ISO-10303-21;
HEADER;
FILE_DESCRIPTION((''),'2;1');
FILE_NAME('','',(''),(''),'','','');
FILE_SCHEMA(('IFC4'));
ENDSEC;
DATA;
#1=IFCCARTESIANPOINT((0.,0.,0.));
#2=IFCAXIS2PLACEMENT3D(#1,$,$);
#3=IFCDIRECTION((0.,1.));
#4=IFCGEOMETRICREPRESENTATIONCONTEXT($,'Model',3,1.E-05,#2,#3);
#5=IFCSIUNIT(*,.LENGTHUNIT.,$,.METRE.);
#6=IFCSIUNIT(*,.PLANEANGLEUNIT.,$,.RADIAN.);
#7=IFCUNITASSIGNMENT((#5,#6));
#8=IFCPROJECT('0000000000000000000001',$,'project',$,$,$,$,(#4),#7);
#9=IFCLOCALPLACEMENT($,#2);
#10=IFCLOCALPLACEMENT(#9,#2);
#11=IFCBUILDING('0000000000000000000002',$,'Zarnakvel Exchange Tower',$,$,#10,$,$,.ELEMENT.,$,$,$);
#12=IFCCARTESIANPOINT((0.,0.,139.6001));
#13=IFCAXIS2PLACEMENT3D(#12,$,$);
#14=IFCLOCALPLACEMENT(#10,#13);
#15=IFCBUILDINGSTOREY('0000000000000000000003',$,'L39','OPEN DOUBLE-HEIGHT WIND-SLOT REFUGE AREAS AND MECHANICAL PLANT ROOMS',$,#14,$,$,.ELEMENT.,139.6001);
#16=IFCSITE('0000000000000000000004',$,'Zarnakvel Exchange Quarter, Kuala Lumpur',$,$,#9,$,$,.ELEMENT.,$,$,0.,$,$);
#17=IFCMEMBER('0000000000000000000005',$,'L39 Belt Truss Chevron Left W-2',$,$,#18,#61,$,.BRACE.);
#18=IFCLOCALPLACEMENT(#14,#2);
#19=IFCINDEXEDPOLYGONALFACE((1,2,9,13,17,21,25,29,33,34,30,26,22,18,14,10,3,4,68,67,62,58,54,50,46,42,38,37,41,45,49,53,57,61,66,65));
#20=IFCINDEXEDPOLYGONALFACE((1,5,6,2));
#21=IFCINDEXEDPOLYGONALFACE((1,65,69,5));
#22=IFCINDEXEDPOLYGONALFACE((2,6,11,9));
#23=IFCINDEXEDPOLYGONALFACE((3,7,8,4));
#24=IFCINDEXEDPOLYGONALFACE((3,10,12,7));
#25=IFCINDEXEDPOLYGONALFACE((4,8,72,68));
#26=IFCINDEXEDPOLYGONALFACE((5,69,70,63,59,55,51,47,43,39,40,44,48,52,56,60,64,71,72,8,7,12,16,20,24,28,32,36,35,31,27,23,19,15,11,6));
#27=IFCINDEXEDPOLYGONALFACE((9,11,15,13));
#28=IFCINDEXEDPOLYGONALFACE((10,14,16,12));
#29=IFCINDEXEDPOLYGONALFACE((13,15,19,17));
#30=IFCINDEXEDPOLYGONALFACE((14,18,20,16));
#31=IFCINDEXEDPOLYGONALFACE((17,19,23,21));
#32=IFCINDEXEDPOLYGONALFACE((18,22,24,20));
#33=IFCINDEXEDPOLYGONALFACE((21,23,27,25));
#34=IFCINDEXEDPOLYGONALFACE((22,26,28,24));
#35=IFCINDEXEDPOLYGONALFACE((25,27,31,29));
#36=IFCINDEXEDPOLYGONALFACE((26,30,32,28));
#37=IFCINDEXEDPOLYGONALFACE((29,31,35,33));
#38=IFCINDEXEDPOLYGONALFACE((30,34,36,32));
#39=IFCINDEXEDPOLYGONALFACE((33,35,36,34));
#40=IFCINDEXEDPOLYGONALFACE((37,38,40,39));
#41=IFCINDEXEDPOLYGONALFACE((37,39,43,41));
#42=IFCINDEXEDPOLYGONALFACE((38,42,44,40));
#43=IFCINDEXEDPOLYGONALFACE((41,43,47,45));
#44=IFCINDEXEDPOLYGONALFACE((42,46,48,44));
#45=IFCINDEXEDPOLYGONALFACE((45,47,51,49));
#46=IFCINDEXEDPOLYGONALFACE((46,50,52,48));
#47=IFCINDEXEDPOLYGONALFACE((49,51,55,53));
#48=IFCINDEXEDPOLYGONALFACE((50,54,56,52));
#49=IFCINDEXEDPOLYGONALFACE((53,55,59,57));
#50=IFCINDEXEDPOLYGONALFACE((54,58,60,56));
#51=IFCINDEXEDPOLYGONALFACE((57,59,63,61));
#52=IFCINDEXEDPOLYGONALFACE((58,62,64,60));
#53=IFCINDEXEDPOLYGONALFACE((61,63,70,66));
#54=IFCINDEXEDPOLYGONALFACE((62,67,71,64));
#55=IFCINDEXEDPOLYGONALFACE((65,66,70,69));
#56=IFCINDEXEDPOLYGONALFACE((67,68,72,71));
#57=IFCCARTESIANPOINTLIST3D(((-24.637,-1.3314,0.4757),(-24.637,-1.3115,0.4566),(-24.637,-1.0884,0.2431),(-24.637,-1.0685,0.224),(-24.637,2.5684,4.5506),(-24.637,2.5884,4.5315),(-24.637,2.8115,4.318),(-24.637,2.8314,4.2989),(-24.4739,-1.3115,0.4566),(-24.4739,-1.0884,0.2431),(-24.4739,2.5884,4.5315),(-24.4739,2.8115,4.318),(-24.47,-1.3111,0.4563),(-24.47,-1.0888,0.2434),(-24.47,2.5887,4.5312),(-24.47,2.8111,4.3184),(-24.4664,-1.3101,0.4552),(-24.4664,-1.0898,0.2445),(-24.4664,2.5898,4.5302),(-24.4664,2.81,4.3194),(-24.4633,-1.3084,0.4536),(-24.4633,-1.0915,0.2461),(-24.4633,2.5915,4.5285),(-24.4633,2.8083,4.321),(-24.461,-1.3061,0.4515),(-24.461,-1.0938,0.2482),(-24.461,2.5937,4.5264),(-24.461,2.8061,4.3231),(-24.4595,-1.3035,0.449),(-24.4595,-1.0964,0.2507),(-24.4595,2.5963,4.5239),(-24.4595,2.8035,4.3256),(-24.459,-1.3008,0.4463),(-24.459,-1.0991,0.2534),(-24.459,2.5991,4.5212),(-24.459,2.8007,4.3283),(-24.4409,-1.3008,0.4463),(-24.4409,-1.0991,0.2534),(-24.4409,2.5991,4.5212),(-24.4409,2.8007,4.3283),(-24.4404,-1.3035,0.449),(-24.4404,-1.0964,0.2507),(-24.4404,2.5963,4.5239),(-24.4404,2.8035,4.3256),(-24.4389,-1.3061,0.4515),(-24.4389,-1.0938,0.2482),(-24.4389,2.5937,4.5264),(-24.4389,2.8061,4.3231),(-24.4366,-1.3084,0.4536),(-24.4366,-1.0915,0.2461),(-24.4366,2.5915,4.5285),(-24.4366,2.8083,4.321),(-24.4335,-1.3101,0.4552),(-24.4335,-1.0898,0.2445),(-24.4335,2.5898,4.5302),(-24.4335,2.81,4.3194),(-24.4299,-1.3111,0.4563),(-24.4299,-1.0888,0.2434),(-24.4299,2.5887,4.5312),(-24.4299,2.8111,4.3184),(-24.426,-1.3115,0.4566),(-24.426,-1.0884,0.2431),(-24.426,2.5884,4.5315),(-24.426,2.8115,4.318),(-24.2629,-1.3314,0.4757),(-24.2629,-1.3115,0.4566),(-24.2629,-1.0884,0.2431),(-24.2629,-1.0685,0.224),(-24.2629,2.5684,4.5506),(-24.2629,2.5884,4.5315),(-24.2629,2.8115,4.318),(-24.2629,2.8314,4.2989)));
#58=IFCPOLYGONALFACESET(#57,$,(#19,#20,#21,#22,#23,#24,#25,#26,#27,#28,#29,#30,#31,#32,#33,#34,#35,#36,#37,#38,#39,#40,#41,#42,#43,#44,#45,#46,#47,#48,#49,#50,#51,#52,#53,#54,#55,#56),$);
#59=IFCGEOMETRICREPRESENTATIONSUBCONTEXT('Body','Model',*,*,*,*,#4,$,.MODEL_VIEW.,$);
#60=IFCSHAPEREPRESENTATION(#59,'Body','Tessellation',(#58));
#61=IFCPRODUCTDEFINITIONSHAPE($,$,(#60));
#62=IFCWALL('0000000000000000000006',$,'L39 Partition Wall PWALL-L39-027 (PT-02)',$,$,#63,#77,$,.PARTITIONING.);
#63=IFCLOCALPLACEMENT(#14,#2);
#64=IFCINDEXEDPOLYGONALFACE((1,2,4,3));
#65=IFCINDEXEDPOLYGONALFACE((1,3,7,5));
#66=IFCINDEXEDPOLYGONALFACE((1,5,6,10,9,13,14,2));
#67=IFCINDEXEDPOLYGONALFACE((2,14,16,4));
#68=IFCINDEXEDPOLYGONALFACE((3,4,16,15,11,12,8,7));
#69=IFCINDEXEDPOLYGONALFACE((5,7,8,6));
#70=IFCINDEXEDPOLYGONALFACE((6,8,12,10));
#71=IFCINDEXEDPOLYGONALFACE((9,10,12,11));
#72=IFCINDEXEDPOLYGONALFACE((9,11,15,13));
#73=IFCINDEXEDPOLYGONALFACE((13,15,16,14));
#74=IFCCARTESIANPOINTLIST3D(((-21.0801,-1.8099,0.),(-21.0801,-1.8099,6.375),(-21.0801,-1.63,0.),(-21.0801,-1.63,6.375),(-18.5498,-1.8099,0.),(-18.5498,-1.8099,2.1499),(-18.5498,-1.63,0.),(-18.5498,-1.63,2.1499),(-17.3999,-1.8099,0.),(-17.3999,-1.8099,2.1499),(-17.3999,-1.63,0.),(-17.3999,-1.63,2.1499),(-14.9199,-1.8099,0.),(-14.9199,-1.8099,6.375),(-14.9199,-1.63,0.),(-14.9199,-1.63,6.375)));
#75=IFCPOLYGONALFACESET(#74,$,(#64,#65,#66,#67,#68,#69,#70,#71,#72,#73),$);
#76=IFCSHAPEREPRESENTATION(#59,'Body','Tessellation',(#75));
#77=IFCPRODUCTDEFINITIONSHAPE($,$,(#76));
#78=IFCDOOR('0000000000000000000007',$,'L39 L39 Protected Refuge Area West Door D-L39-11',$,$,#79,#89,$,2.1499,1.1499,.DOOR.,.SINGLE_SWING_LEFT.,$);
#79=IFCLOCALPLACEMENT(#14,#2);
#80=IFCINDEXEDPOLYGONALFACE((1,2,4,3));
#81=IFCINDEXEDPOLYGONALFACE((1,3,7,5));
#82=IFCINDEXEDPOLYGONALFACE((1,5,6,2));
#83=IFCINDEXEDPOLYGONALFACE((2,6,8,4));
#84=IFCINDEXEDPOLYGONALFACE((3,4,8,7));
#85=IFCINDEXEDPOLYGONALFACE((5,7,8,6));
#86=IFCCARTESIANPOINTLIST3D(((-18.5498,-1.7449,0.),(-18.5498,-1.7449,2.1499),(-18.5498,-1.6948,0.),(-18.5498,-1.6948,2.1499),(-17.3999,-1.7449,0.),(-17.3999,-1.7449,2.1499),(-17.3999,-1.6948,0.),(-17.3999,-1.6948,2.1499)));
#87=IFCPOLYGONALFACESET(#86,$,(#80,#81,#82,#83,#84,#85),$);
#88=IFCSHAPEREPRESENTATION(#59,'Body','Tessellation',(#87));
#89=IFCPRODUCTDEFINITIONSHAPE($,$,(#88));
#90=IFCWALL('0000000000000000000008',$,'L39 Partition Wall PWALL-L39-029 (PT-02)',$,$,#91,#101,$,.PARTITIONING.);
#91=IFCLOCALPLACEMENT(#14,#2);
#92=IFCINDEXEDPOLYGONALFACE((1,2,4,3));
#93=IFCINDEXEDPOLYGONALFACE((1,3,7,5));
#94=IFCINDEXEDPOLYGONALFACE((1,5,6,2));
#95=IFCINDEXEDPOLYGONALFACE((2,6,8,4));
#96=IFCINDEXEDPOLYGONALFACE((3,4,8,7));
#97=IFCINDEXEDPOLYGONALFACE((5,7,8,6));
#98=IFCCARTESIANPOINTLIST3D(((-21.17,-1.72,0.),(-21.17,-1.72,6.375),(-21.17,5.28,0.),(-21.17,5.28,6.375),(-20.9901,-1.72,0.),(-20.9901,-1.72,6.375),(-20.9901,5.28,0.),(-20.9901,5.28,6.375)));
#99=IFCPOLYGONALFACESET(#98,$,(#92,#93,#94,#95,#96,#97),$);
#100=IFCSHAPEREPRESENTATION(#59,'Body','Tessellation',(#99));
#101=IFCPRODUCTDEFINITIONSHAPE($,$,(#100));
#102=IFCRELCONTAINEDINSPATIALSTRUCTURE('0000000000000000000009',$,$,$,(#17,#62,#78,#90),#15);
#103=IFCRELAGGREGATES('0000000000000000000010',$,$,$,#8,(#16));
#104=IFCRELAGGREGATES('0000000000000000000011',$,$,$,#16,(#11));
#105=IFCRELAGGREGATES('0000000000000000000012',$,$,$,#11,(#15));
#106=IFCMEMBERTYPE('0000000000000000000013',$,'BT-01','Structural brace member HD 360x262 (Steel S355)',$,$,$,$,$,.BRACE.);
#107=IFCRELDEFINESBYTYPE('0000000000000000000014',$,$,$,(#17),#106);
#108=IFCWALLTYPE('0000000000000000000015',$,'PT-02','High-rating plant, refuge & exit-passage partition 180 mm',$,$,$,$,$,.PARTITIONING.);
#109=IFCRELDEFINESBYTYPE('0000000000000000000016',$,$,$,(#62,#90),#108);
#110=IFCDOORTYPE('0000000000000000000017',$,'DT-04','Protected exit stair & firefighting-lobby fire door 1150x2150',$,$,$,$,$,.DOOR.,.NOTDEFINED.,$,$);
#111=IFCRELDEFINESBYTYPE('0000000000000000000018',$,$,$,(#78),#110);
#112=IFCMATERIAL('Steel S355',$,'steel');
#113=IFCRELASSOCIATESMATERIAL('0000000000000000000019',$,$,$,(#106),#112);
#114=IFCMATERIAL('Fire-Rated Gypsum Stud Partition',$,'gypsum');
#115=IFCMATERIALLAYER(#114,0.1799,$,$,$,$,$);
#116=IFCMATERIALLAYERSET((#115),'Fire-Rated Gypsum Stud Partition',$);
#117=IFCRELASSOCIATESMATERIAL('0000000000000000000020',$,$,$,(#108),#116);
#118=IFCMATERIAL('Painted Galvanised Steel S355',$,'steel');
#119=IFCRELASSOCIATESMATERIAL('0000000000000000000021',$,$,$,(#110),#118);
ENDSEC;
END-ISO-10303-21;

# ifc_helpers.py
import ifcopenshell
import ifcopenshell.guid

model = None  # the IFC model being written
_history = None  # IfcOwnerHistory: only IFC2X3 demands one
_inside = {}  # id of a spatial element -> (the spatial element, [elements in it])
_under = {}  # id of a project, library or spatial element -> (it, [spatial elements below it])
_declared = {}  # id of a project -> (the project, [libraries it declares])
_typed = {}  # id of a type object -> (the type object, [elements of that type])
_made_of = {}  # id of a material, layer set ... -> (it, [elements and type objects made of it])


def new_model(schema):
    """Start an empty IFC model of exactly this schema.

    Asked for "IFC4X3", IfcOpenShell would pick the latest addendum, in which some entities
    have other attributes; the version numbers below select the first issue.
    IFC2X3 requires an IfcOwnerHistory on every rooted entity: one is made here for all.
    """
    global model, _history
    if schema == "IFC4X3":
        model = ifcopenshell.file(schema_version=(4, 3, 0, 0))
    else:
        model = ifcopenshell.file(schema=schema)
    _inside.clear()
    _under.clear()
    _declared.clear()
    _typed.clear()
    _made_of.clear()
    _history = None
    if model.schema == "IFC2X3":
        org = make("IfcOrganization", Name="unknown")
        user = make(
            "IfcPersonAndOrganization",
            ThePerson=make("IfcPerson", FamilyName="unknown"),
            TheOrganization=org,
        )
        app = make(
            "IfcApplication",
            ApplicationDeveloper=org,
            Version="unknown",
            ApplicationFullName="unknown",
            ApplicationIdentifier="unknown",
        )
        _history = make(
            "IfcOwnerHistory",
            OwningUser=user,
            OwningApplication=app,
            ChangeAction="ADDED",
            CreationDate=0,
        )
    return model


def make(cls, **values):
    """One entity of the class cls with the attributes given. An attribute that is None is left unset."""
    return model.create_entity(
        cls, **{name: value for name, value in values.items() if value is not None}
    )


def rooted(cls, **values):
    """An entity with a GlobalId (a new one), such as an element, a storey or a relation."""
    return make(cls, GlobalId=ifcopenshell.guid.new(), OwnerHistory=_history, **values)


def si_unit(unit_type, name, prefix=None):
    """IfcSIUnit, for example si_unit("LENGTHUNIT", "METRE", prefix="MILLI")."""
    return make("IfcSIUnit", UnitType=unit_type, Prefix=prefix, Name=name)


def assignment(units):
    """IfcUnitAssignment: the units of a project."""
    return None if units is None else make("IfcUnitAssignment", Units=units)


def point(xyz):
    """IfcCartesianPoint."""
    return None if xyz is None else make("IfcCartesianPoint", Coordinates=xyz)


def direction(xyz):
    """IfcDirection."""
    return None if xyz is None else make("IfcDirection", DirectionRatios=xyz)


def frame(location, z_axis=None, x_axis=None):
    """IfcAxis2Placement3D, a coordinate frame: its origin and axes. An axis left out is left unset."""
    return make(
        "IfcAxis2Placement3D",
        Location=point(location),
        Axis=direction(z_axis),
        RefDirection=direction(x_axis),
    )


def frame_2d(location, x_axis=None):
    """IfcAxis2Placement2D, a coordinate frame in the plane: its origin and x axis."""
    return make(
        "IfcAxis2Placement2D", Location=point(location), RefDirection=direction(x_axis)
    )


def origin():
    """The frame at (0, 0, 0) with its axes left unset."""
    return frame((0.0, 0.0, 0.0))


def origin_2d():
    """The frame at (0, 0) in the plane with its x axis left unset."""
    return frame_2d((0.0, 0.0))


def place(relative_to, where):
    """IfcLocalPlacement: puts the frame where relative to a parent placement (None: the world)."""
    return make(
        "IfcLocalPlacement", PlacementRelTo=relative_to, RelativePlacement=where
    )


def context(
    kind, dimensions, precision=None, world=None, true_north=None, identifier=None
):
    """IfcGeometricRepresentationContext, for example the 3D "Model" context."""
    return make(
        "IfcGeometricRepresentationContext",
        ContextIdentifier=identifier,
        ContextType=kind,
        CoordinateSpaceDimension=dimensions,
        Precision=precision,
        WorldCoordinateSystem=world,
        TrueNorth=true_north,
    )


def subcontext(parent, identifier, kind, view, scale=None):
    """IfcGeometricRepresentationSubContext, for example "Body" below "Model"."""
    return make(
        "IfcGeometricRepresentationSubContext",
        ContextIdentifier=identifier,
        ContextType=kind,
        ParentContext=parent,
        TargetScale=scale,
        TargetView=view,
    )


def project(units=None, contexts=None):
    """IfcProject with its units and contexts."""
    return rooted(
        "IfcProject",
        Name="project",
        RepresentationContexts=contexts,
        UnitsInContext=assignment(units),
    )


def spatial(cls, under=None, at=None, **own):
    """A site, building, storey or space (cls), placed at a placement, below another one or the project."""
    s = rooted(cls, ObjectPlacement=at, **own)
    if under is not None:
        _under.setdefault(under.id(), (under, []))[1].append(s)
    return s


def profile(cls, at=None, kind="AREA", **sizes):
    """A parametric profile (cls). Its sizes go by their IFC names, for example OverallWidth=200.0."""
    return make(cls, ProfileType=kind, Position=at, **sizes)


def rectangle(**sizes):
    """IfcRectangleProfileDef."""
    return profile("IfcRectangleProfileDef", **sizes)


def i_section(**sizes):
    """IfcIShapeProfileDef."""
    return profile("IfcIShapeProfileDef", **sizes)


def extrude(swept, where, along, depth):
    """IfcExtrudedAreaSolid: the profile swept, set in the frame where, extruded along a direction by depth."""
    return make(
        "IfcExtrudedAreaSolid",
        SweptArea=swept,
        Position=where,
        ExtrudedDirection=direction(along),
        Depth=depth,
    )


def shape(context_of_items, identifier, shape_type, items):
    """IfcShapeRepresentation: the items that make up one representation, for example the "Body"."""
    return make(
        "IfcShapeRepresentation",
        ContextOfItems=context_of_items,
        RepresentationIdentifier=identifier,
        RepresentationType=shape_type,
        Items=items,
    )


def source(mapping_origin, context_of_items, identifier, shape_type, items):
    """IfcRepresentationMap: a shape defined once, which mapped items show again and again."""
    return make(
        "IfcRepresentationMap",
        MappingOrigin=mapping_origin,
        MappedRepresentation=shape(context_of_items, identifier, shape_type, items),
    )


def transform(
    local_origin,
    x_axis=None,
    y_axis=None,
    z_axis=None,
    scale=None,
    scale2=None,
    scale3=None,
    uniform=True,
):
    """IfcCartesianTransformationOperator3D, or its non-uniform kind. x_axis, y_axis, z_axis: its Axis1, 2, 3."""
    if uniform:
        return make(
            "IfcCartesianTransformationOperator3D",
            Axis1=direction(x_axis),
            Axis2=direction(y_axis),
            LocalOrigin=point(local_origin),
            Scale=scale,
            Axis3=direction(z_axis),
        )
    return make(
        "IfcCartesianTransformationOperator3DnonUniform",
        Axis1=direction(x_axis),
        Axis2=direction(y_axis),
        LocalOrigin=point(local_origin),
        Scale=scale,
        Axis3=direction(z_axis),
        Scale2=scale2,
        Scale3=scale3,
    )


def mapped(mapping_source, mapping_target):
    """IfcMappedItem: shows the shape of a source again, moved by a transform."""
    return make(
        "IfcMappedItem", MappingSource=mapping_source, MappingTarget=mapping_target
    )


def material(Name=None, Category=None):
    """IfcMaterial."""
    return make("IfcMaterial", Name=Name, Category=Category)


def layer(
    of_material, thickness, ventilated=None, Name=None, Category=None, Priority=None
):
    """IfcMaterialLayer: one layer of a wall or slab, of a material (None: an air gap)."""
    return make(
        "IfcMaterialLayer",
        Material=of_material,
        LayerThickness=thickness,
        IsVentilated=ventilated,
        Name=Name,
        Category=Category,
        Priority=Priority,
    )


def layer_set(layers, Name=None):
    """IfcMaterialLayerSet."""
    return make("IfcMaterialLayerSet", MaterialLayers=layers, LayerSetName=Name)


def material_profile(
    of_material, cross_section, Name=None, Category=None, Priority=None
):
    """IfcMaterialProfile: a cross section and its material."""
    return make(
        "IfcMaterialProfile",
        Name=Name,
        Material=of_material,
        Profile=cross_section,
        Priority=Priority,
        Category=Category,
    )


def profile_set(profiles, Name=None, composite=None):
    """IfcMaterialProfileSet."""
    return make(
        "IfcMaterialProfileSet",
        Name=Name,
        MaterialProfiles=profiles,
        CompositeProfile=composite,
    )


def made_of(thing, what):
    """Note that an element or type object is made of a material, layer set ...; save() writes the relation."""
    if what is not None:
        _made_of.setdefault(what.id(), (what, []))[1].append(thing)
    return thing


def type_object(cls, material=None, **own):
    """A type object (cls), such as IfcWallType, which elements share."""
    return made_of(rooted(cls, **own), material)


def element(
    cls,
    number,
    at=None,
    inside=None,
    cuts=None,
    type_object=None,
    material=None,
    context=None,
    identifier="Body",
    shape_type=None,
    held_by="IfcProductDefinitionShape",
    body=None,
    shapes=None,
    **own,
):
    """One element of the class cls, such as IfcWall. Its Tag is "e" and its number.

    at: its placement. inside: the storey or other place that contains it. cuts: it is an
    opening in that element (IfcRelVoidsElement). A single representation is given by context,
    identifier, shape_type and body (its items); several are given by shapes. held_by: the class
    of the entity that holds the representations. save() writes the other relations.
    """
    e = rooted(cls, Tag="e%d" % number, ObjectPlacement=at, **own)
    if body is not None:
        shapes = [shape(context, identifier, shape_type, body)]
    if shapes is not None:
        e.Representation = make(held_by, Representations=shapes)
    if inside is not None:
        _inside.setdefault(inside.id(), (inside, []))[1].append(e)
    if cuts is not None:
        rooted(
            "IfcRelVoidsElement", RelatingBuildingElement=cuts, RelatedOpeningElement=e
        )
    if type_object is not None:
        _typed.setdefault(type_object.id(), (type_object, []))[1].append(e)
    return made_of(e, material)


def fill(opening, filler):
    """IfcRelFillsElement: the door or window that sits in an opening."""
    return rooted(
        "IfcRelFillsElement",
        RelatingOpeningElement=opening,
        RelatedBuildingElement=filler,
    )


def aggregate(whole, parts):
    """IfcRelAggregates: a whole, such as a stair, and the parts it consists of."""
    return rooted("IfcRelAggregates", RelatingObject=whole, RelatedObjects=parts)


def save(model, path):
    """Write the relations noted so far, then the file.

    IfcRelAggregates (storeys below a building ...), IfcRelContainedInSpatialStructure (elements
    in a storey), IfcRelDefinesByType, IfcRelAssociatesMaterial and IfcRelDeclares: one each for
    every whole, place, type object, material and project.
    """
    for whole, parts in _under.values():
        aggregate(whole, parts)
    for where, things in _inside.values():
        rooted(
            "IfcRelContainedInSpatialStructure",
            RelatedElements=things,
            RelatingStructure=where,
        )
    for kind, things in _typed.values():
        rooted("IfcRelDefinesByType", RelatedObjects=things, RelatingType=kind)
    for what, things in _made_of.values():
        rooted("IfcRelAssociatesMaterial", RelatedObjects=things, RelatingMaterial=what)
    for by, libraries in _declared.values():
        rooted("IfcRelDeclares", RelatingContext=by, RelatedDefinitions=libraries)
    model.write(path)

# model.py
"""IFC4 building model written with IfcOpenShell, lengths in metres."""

from ifc_helpers import new_model, si_unit, direction, frame, frame_2d, origin, origin_2d, place, context, subcontext, project, spatial, rectangle, i_section, extrude, source, transform, mapped, material, layer, layer_set, material_profile, profile_set, type_object, element, fill, save


model = new_model("IFC4")

# Units and contexts
model_context = context("Model", 3, precision=1e-05, world=origin(), true_north=direction((0.0, 1.0)))
body_context = subcontext(model_context, "Body", "Model", "MODEL_VIEW")
ifc_project = project(units=[si_unit("LENGTHUNIT", "METRE"), si_unit("PLANEANGLEUNIT", "RADIAN")], contexts=[model_context])

# Site, building, storey
site_placement = place(None, origin())
site = spatial("IfcSite", under=ifc_project, at=site_placement, Name="Zarnakvel Exchange Quarter, Kuala Lumpur", CompositionType="ELEMENT", RefElevation=0.0)
building_placement = place(site_placement, origin())
building = spatial("IfcBuilding", under=site, at=building_placement, Name="Zarnakvel Exchange Tower", CompositionType="ELEMENT")
storey_placement = place(building_placement, frame((0.0, 0.0, 139.6001)))
storey = spatial("IfcBuildingStorey", under=building, at=storey_placement, Name="L39", Description="OPEN DOUBLE-HEIGHT WIND-SLOT REFUGE AREAS AND MECHANICAL PLANT ROOMS", CompositionType="ELEMENT", Elevation=139.6001)

# Shared definitions
ifc_material_1 = material(Name="Steel S355", Category="steel")

# Member
ifc_material_profile_1 = material_profile(ifc_material_1, i_section(OverallWidth=0.374, OverallDepth=0.364, WebThickness=0.0181, FlangeThickness=0.0276, FilletRadius=0.0149, at=origin_2d()))
ifc_profile_set_1 = profile_set([ifc_material_profile_1], Name="Steel S355")
member_type_1 = type_object("IfcMemberType", Name="BT-01", Description="Structural brace member HD 360x262 (Steel S355)", PredefinedType="BRACE", material=ifc_profile_set_1)
shared_shape_1 = source(origin(), body_context, "Body", "SweptSolid", [
    extrude(i_section(OverallWidth=0.374, OverallDepth=0.364, WebThickness=0.0181, FlangeThickness=0.0276, FilletRadius=0.0149, at=origin_2d()), origin(), (0.0, 0.0, 1.0), 5.6404),
])
member_1_placement = place(storey_placement, frame((-24.45, -1.2, 0.3499), z_axis=(0.0, 0.691419, 0.722454), x_axis=(-1.0, 0.0, 0.0)))
element("IfcMember", 1, at=member_1_placement, inside=storey, type_object=member_type_1, Name="L39 Belt Truss Chevron Left W-2", PredefinedType="BRACE", context=body_context, shape_type="MappedRepresentation", body=[
    mapped(shared_shape_1, transform((0.0, 0.0, 0.0), x_axis=(1.0, 0.0, 0.0), y_axis=(0.0, 1.0, 0.0), z_axis=(0.0, 0.0, 1.0), scale=1.0)),
])

# Wall, opening, door
ifc_material_2 = material(Name="Fire-Rated Gypsum Stud Partition", Category="gypsum")
ifc_layer = layer(ifc_material_2, 0.1799)
ifc_layer_set = layer_set([ifc_layer], Name="Fire-Rated Gypsum Stud Partition")
wall_type = type_object("IfcWallType", Name="PT-02", Description="High-rating plant, refuge & exit-passage partition 180 mm", PredefinedType="PARTITIONING", material=ifc_layer_set)
wall_1_placement = place(storey_placement, frame((-14.9199, -1.72, 0.0), z_axis=(0.0, 0.0, 1.0), x_axis=(-1.0, 0.0, 0.0)))
wall_1 = element("IfcWall", 2, at=wall_1_placement, inside=storey, type_object=wall_type, Name="L39 Partition Wall PWALL-L39-027 (PT-02)", PredefinedType="PARTITIONING", context=body_context, shape_type="SweptSolid", body=[
    extrude(rectangle(XDim=6.1602, YDim=0.1799, at=frame_2d((3.0801, 0.0))), origin(), (0.0, 0.0, 1.0), 6.375),
])
opening_placement = place(wall_1_placement, frame((2.48, 0.0, 0.0)))
opening = element("IfcOpeningElement", 3, at=opening_placement, cuts=wall_1, PredefinedType="OPENING", context=body_context, shape_type="SweptSolid", body=[
    extrude(rectangle(XDim=1.1499, YDim=2.1499, at=frame_2d((0.575, 1.075))), frame((0.0, 0.0999, 0.0), z_axis=(0.0, -1.0, 0.0), x_axis=(1.0, 0.0, 0.0)), (0.0, 0.0, 1.0), 0.2),
])
ifc_material_3 = material(Name="Painted Galvanised Steel S355", Category="steel")
door_type = type_object("IfcDoorType", Name="DT-04", Description="Protected exit stair & firefighting-lobby fire door 1150x2150", OperationType="NOTDEFINED", PredefinedType="DOOR", material=ifc_material_3)
shared_shape_2 = source(origin(), body_context, "Body", "SweptSolid", [
    extrude(rectangle(XDim=1.1499, YDim=2.1499, at=frame_2d((0.575, 1.075))), frame((0.0, 0.0249, 0.0), z_axis=(0.0, -1.0, 0.0), x_axis=(1.0, 0.0, 0.0)), (0.0, 0.0, 1.0), 0.05),
])
door_placement = place(opening_placement, origin())
door = element("IfcDoor", 4, at=door_placement, inside=storey, type_object=door_type, Name="L39 L39 Protected Refuge Area West Door D-L39-11", OperationType="SINGLE_SWING_LEFT", OverallHeight=2.1499, OverallWidth=1.1499, PredefinedType="DOOR", context=body_context, shape_type="MappedRepresentation", body=[
    mapped(shared_shape_2, transform((0.0, 0.0, 0.0), x_axis=(1.0, 0.0, 0.0), y_axis=(0.0, 1.0, 0.0), z_axis=(0.0, 0.0, 1.0), scale=1.0)),
])
fill(opening, door)

# Wall
wall_2_placement = place(storey_placement, frame((-21.0801, -1.72, 0.0), z_axis=(0.0, 0.0, 1.0), x_axis=(0.0, 1.0, 0.0)))
element("IfcWall", 5, at=wall_2_placement, inside=storey, type_object=wall_type, Name="L39 Partition Wall PWALL-L39-029 (PT-02)", PredefinedType="PARTITIONING", context=body_context, shape_type="SweptSolid", body=[
    extrude(rectangle(XDim=7.0, YDim=0.1799, at=frame_2d((3.5, 0.0))), origin(), (0.0, 0.0, 1.0), 6.375),
])

save(model, "model.ifc")
